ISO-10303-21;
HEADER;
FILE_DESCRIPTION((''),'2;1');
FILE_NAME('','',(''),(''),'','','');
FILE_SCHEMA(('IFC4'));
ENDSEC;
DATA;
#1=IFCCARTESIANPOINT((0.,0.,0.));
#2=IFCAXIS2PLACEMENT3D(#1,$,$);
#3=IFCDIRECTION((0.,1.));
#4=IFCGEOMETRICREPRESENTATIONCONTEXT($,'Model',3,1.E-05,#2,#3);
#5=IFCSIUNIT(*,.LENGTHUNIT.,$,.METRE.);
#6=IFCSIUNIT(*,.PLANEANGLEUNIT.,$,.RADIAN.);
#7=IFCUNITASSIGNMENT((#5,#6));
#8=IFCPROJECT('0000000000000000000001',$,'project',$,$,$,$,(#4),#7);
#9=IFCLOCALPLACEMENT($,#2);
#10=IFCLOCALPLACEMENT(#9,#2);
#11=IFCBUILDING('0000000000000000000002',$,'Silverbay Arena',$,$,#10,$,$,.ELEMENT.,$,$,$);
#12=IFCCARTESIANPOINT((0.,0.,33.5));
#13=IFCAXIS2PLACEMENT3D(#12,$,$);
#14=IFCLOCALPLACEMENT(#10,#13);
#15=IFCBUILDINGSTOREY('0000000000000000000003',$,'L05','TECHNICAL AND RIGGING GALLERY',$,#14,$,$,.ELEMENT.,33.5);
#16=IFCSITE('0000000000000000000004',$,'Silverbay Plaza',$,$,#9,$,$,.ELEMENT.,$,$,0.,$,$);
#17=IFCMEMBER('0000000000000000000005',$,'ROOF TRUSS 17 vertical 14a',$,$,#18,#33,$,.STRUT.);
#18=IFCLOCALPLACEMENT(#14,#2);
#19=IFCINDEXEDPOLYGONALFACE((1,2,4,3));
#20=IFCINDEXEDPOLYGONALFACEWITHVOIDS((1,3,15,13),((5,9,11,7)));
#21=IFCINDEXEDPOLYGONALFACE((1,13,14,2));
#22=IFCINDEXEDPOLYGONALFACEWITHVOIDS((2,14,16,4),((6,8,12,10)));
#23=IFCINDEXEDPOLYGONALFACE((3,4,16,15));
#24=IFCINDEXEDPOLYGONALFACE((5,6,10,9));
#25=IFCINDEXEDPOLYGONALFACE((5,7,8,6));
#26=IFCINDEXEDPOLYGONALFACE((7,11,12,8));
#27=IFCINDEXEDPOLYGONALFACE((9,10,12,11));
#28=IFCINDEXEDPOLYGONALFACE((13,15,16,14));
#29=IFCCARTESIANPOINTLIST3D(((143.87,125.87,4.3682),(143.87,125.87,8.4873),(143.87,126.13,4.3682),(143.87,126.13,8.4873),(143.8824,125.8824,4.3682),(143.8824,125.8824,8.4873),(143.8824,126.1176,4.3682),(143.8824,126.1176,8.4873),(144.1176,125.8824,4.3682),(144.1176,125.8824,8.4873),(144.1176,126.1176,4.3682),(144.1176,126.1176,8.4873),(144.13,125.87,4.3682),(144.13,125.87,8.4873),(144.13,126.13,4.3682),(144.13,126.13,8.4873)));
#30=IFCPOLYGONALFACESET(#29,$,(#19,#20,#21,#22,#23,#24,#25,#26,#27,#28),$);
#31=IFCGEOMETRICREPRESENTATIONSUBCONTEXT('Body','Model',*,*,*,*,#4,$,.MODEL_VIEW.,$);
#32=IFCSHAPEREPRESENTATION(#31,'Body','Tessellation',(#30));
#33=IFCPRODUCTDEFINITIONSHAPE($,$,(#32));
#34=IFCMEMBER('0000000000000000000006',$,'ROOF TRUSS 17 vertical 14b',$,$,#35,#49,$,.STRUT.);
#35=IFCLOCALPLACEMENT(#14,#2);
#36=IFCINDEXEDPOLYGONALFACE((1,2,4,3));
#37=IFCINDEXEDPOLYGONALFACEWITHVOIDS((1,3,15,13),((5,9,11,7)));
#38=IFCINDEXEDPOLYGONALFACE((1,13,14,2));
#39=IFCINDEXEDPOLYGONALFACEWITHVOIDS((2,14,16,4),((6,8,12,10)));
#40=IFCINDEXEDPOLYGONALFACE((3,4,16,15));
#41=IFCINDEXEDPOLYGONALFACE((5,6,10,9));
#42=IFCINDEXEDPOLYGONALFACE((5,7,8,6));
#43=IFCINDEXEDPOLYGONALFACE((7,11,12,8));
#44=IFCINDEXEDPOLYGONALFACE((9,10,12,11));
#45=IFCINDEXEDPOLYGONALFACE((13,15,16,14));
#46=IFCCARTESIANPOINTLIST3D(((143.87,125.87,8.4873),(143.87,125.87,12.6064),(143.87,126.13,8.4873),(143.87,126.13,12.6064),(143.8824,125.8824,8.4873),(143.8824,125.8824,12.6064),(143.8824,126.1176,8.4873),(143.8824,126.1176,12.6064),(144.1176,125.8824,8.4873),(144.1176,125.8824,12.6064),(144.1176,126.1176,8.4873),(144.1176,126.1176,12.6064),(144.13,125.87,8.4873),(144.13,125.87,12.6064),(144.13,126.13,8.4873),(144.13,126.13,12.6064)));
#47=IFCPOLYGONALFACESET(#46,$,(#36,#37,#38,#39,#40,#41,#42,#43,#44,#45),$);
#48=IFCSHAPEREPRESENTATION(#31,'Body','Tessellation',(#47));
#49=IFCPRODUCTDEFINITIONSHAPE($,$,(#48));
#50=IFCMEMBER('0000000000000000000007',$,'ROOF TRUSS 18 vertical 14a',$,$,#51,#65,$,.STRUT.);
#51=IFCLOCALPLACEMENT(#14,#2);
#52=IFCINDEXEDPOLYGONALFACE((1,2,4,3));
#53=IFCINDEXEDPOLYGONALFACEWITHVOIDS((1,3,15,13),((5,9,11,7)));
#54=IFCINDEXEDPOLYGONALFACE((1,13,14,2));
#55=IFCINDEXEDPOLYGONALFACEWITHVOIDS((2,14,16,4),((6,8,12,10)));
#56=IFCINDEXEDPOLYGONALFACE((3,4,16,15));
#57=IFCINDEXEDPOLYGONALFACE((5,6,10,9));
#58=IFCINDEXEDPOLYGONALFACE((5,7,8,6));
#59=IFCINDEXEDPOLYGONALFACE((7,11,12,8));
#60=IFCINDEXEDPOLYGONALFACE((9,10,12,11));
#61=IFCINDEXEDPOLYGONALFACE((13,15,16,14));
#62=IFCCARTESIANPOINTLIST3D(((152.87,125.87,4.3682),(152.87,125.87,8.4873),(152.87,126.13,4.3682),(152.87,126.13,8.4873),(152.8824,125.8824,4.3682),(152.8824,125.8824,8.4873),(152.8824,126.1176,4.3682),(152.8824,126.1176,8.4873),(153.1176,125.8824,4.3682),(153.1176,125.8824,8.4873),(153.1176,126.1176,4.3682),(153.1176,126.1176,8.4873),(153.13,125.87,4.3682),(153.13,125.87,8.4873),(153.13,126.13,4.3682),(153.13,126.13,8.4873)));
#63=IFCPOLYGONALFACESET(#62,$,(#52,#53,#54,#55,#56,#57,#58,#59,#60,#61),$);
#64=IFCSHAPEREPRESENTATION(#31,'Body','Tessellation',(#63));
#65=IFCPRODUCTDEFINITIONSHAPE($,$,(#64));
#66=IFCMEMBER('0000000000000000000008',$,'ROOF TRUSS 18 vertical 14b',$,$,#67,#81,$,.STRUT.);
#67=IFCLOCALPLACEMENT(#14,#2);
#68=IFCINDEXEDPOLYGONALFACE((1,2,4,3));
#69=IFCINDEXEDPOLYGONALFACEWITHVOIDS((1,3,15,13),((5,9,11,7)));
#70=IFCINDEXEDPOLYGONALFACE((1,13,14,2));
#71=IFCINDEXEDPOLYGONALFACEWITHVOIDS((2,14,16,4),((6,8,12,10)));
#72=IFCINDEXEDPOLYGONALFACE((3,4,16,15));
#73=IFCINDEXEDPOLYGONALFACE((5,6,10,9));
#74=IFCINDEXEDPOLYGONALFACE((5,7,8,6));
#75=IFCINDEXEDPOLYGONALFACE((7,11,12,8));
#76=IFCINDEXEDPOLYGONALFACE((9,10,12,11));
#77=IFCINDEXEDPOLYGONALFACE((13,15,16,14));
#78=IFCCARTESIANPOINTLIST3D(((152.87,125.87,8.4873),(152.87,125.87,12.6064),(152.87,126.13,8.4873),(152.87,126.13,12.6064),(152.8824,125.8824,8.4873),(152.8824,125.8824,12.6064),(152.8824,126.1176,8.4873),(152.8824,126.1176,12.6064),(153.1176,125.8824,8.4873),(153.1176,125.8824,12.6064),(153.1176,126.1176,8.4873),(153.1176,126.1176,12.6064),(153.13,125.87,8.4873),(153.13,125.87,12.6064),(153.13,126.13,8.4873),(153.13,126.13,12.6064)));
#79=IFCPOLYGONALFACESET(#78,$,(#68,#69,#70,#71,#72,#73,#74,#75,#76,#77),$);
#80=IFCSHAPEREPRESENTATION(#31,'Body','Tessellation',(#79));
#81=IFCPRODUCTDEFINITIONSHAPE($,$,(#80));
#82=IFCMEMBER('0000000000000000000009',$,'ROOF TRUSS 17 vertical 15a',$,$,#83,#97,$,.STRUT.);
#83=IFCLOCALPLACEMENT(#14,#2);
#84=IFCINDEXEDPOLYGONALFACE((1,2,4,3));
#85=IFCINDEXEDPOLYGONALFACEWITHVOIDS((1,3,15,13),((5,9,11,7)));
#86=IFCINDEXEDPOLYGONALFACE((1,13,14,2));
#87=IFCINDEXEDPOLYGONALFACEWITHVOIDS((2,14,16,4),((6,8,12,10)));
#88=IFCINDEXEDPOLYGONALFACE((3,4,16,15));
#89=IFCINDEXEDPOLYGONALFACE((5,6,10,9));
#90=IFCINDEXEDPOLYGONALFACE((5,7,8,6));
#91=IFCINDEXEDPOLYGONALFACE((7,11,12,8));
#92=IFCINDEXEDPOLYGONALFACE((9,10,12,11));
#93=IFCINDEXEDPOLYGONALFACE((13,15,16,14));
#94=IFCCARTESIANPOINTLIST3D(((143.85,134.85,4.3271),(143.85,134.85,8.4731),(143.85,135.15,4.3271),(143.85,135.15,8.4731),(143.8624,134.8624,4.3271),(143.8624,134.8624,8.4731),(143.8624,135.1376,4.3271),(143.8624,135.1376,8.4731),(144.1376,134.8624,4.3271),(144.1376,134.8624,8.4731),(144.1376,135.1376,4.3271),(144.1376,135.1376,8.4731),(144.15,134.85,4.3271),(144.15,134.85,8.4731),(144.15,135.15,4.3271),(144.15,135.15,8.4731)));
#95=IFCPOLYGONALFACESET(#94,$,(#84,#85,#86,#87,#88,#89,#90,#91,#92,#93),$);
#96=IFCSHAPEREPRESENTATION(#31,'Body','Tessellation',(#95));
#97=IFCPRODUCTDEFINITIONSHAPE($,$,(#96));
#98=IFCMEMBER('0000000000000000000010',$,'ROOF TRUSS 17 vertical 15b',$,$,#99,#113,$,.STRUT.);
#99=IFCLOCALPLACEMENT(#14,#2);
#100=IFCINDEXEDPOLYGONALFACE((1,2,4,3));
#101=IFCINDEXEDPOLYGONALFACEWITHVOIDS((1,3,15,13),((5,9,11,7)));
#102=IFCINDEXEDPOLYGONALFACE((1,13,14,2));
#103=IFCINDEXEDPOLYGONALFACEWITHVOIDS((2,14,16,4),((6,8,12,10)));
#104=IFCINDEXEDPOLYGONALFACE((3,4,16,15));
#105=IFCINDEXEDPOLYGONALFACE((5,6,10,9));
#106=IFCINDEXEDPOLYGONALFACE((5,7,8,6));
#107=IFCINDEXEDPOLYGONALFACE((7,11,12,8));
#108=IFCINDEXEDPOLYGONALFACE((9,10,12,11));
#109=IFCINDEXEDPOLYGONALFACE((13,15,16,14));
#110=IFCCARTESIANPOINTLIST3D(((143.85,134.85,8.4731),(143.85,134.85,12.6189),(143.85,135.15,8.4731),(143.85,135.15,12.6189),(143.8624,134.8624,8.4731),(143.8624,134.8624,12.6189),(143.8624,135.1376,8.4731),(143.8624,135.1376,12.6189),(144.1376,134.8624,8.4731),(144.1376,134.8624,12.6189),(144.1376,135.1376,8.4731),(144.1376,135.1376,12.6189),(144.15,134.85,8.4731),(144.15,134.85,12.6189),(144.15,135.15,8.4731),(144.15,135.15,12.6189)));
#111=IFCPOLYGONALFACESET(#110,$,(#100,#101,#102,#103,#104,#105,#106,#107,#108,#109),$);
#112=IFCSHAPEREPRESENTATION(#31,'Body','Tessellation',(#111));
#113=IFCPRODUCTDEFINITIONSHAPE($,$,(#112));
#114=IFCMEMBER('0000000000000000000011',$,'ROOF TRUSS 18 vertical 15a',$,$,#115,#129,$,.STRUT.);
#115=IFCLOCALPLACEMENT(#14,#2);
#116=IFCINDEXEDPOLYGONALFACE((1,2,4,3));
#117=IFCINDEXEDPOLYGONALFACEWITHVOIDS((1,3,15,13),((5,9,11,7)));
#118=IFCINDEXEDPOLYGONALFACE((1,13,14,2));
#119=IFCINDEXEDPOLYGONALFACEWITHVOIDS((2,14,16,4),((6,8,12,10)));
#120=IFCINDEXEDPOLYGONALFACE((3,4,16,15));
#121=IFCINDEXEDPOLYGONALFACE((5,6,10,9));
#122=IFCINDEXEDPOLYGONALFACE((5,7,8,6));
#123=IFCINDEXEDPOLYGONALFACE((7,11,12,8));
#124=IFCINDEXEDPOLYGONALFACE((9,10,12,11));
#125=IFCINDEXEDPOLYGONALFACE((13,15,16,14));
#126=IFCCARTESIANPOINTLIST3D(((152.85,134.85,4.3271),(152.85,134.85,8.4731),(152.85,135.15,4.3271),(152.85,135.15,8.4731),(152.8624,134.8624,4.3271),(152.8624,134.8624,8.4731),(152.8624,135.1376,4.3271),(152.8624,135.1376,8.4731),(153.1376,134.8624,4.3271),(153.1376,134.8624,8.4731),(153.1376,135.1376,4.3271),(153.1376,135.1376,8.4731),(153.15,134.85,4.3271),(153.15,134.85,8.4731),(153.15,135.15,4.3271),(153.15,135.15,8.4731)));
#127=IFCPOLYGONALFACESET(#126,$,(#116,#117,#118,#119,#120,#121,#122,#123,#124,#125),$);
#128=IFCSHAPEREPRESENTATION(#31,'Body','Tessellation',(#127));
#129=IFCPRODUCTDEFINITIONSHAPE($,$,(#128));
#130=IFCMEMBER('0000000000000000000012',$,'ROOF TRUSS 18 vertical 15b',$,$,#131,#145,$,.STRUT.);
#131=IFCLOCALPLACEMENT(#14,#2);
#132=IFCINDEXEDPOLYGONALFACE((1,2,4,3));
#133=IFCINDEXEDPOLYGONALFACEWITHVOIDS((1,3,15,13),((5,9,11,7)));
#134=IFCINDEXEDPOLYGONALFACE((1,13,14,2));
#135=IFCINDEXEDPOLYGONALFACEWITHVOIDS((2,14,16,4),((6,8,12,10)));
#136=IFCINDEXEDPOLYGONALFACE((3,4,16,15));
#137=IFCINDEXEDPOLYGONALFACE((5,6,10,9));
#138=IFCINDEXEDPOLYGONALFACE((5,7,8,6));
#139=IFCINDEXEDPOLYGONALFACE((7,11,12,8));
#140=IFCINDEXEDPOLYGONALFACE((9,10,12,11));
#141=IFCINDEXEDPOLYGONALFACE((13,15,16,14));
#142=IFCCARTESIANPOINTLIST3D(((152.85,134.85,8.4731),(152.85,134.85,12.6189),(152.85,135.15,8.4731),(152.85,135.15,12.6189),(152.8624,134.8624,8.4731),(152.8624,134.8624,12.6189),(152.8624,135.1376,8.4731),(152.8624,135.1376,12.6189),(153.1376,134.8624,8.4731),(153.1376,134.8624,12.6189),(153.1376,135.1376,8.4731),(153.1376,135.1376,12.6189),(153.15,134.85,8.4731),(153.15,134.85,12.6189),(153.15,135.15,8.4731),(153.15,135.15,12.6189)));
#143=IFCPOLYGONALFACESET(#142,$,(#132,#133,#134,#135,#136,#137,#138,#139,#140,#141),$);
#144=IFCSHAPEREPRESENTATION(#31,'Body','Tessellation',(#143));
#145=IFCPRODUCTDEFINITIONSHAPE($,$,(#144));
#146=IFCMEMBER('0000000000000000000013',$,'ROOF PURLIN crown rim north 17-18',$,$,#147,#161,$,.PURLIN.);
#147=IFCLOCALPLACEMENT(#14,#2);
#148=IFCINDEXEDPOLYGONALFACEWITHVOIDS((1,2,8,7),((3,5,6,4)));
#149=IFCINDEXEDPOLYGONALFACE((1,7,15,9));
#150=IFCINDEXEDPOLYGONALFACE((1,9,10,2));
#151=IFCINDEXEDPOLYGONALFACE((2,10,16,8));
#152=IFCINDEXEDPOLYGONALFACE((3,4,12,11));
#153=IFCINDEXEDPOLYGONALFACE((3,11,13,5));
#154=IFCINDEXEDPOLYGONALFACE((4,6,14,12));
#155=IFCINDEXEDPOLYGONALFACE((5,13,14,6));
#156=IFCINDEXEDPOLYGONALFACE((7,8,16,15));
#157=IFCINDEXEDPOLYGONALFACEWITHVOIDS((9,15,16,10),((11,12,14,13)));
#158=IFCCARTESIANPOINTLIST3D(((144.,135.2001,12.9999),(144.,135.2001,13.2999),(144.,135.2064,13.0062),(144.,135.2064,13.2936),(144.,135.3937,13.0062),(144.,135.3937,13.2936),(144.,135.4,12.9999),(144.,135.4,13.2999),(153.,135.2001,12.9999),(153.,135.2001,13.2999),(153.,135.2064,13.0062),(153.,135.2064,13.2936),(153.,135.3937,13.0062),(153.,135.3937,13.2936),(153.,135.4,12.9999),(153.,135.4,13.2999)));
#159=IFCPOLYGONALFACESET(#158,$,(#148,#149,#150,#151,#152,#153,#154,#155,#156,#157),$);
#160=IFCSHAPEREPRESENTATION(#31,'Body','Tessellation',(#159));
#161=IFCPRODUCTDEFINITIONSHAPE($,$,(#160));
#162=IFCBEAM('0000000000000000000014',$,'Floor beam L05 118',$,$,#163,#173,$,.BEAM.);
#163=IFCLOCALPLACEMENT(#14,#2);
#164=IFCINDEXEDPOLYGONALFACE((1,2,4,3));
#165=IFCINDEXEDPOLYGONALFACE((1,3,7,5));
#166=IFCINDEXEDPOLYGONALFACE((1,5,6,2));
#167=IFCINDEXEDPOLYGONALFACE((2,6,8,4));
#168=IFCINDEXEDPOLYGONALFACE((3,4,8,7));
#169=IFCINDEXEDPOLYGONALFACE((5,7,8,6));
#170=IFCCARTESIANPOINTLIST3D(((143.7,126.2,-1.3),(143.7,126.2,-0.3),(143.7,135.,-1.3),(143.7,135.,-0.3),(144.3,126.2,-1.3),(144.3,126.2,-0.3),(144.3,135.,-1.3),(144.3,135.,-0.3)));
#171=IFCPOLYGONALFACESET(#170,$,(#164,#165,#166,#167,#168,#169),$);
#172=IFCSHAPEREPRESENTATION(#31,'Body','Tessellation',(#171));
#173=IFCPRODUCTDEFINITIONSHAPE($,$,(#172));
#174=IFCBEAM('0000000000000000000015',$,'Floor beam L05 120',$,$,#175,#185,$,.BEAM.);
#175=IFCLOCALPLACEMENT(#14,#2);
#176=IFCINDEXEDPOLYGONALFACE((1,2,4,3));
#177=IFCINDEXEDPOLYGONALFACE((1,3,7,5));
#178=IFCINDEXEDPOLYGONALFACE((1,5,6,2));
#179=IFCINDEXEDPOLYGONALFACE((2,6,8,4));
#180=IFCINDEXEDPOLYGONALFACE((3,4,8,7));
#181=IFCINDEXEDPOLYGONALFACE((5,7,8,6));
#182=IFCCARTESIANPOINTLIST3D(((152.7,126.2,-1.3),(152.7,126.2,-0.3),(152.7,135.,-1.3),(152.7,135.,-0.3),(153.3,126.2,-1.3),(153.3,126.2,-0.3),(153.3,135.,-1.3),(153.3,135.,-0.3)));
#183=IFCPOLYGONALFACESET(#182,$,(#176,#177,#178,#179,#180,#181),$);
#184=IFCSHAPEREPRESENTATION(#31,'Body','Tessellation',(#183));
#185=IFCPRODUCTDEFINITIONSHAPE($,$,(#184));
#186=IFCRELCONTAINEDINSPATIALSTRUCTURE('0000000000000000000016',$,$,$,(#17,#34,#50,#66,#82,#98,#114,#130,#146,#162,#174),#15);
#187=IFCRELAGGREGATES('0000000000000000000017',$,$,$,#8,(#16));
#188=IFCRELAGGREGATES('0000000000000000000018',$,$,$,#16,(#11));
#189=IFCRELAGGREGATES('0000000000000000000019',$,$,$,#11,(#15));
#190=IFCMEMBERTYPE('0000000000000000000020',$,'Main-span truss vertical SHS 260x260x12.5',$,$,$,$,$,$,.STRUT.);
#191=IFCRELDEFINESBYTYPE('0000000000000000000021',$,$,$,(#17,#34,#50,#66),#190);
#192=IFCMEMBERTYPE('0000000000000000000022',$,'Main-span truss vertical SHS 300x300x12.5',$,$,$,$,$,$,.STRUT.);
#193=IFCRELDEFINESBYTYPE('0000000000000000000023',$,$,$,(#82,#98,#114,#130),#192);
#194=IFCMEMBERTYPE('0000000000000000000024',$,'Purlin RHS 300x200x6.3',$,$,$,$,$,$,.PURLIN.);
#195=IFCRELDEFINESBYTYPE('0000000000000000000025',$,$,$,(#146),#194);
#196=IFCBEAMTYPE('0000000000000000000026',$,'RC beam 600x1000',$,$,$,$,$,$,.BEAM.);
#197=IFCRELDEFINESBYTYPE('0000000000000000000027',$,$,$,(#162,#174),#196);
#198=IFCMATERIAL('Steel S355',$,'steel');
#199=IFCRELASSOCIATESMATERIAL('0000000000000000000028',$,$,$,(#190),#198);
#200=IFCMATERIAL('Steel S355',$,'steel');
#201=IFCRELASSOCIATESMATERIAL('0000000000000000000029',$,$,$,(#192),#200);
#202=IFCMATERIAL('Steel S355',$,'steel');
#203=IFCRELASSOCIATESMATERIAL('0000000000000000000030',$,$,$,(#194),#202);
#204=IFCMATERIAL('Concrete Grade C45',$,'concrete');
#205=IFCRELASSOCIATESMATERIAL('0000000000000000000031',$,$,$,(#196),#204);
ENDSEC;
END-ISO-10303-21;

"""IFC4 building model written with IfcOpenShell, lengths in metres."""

from ifc_helpers import new_model, si_unit, direction, frame, origin, origin_2d, place, context, subcontext, project, spatial, rectangle, hollow_rectangle, extrude, material, material_profile, profile_set, type_object, element, save


model = new_model("IFC4")

# Units and contexts
model_context = context("Model", 3, precision=1e-05, world=origin(), true_north=direction((0.0, 1.0)))
body_context = subcontext(model_context, "Body", "Model", "MODEL_VIEW")
ifc_project = project(units=[si_unit("LENGTHUNIT", "METRE"), si_unit("PLANEANGLEUNIT", "RADIAN")], contexts=[model_context])

# Site, building, storey
site_placement = place(None, origin())
site = spatial("IfcSite", under=ifc_project, at=site_placement, Name="Silverbay Plaza", CompositionType="ELEMENT", RefElevation=0.0)
building_placement = place(site_placement, origin())
building = spatial("IfcBuilding", under=site, at=building_placement, Name="Silverbay Arena", CompositionType="ELEMENT")
storey_placement = place(building_placement, frame((0.0, 0.0, 33.5)))
storey = spatial("IfcBuildingStorey", under=building, at=storey_placement, Name="L05", Description="TECHNICAL AND RIGGING GALLERY", CompositionType="ELEMENT", Elevation=33.5)

# Members
ifc_material_1 = material(Name="Steel S355", Category="steel")
ifc_material_profile_1 = material_profile(ifc_material_1, hollow_rectangle(XDim=0.26, YDim=0.26, WallThickness=0.0125, at=origin_2d()), Name="SHS 260x260x12.5")
ifc_profile_set_1 = profile_set([ifc_material_profile_1], Name="Steel S355")
member_type_1 = type_object("IfcMemberType", Name="Main-span truss vertical SHS 260x260x12.5", PredefinedType="STRUT", material=ifc_profile_set_1)
for number, where, z_axis, x_axis, name in (
    (1, (144.0, 126.0, 4.3682), (0.0, 0.0, 1.0), (1.0, 0.0, 0.0), "ROOF TRUSS 17 vertical 14a"),
    (2, (144.0, 126.0, 8.4873), (0.0, 0.0, 1.0), (1.0, 0.0, 0.0), "ROOF TRUSS 17 vertical 14b"),
    (3, (153.0, 126.0, 4.3682), (0.0, 0.0, 1.0), (1.0, 0.0, 0.0), "ROOF TRUSS 18 vertical 14a"),
    (4, (153.0, 126.0, 8.4873), (0.0, 0.0, 1.0), (1.0, 0.0, 0.0), "ROOF TRUSS 18 vertical 14b"),
):
    element("IfcMember", number, at=place(storey_placement, frame(where, z_axis=z_axis, x_axis=x_axis)), inside=storey, type_object=member_type_1, Name=name, PredefinedType="STRUT", context=body_context, shape_type="SweptSolid", body=[
        extrude(hollow_rectangle(XDim=0.26, YDim=0.26, WallThickness=0.0125, at=origin_2d()), origin(), (0.0, 0.0, 1.0), 4.1191),
    ])
ifc_material_2 = material(Name="Steel S355", Category="steel")
ifc_material_profile_2 = material_profile(ifc_material_2, hollow_rectangle(XDim=0.3, YDim=0.3, WallThickness=0.0125, at=origin_2d()), Name="SHS 300x300x12.5")
ifc_profile_set_2 = profile_set([ifc_material_profile_2], Name="Steel S355")
member_type_2 = type_object("IfcMemberType", Name="Main-span truss vertical SHS 300x300x12.5", PredefinedType="STRUT", material=ifc_profile_set_2)
member_1_placement = place(storey_placement, frame((144.0, 135.0, 4.3271), z_axis=(0.0, 0.0, 1.0), x_axis=(1.0, 0.0, 0.0)))
element("IfcMember", 5, at=member_1_placement, inside=storey, type_object=member_type_2, Name="ROOF TRUSS 17 vertical 15a", PredefinedType="STRUT", context=body_context, shape_type="SweptSolid", body=[
    extrude(hollow_rectangle(XDim=0.3, YDim=0.3, WallThickness=0.0125, at=origin_2d()), origin(), (0.0, 0.0, 1.0), 4.146),
])
member_2_placement = place(storey_placement, frame((144.0, 135.0, 8.4731), z_axis=(0.0, 0.0, 1.0), x_axis=(1.0, 0.0, 0.0)))
element("IfcMember", 6, at=member_2_placement, inside=storey, type_object=member_type_2, Name="ROOF TRUSS 17 vertical 15b", PredefinedType="STRUT", context=body_context, shape_type="SweptSolid", body=[
    extrude(hollow_rectangle(XDim=0.3, YDim=0.3, WallThickness=0.0125, at=origin_2d()), origin(), (0.0, 0.0, 1.0), 4.1458),
])
member_3_placement = place(storey_placement, frame((153.0, 135.0, 4.3271), z_axis=(0.0, 0.0, 1.0), x_axis=(1.0, 0.0, 0.0)))
element("IfcMember", 7, at=member_3_placement, inside=storey, type_object=member_type_2, Name="ROOF TRUSS 18 vertical 15a", PredefinedType="STRUT", context=body_context, shape_type="SweptSolid", body=[
    extrude(hollow_rectangle(XDim=0.3, YDim=0.3, WallThickness=0.0125, at=origin_2d()), origin(), (0.0, 0.0, 1.0), 4.146),
])
member_4_placement = place(storey_placement, frame((153.0, 135.0, 8.4731), z_axis=(0.0, 0.0, 1.0), x_axis=(1.0, 0.0, 0.0)))
element("IfcMember", 8, at=member_4_placement, inside=storey, type_object=member_type_2, Name="ROOF TRUSS 18 vertical 15b", PredefinedType="STRUT", context=body_context, shape_type="SweptSolid", body=[
    extrude(hollow_rectangle(XDim=0.3, YDim=0.3, WallThickness=0.0125, at=origin_2d()), origin(), (0.0, 0.0, 1.0), 4.1458),
])
ifc_material_3 = material(Name="Steel S355", Category="steel")
ifc_material_profile_3 = material_profile(ifc_material_3, hollow_rectangle(XDim=0.2, YDim=0.3, WallThickness=0.0063, at=origin_2d()), Name="RHS 300x200x6.3")
ifc_profile_set_3 = profile_set([ifc_material_profile_3], Name="Steel S355")
member_type_3 = type_object("IfcMemberType", Name="Purlin RHS 300x200x6.3", PredefinedType="PURLIN", material=ifc_profile_set_3)
member_5_placement = place(storey_placement, frame((144.0, 135.3, 13.1499), z_axis=(1.0, 0.0, 0.0), x_axis=(0.0, 1.0, 0.0)))
element("IfcMember", 9, at=member_5_placement, inside=storey, type_object=member_type_3, Name="ROOF PURLIN crown rim north 17-18", PredefinedType="PURLIN", context=body_context, shape_type="SweptSolid", body=[
    extrude(hollow_rectangle(XDim=0.2, YDim=0.3, WallThickness=0.0063, at=origin_2d()), origin(), (0.0, 0.0, 1.0), 9.0),
])

# Beams
ifc_material_4 = material(Name="Concrete Grade C45", Category="concrete")
ifc_material_profile_4 = material_profile(ifc_material_4, rectangle(XDim=0.6001, YDim=1.0, at=origin_2d()), Name="RC 600x1000")
ifc_profile_set_4 = profile_set([ifc_material_profile_4], Name="Concrete Grade C45")
beam_type = type_object("IfcBeamType", Name="RC beam 600x1000", PredefinedType="BEAM", material=ifc_profile_set_4)
for number, where, z_axis, x_axis, name in (
    (10, (144.0, 126.2, -0.8), (0.0, 1.0, 0.0), (-1.0, 0.0, 0.0), "Floor beam L05 118"),
    (11, (153.0, 126.2, -0.8), (0.0, 1.0, 0.0), (-1.0, 0.0, 0.0), "Floor beam L05 120"),
):
    element("IfcBeam", number, at=place(storey_placement, frame(where, z_axis=z_axis, x_axis=x_axis)), inside=storey, type_object=beam_type, Name=name, PredefinedType="BEAM", context=body_context, shape_type="SweptSolid", body=[
        extrude(rectangle(XDim=0.6001, YDim=1.0, at=origin_2d()), origin(), (0.0, 0.0, 1.0), 8.8),
    ])

save(model, "model.ifc")
